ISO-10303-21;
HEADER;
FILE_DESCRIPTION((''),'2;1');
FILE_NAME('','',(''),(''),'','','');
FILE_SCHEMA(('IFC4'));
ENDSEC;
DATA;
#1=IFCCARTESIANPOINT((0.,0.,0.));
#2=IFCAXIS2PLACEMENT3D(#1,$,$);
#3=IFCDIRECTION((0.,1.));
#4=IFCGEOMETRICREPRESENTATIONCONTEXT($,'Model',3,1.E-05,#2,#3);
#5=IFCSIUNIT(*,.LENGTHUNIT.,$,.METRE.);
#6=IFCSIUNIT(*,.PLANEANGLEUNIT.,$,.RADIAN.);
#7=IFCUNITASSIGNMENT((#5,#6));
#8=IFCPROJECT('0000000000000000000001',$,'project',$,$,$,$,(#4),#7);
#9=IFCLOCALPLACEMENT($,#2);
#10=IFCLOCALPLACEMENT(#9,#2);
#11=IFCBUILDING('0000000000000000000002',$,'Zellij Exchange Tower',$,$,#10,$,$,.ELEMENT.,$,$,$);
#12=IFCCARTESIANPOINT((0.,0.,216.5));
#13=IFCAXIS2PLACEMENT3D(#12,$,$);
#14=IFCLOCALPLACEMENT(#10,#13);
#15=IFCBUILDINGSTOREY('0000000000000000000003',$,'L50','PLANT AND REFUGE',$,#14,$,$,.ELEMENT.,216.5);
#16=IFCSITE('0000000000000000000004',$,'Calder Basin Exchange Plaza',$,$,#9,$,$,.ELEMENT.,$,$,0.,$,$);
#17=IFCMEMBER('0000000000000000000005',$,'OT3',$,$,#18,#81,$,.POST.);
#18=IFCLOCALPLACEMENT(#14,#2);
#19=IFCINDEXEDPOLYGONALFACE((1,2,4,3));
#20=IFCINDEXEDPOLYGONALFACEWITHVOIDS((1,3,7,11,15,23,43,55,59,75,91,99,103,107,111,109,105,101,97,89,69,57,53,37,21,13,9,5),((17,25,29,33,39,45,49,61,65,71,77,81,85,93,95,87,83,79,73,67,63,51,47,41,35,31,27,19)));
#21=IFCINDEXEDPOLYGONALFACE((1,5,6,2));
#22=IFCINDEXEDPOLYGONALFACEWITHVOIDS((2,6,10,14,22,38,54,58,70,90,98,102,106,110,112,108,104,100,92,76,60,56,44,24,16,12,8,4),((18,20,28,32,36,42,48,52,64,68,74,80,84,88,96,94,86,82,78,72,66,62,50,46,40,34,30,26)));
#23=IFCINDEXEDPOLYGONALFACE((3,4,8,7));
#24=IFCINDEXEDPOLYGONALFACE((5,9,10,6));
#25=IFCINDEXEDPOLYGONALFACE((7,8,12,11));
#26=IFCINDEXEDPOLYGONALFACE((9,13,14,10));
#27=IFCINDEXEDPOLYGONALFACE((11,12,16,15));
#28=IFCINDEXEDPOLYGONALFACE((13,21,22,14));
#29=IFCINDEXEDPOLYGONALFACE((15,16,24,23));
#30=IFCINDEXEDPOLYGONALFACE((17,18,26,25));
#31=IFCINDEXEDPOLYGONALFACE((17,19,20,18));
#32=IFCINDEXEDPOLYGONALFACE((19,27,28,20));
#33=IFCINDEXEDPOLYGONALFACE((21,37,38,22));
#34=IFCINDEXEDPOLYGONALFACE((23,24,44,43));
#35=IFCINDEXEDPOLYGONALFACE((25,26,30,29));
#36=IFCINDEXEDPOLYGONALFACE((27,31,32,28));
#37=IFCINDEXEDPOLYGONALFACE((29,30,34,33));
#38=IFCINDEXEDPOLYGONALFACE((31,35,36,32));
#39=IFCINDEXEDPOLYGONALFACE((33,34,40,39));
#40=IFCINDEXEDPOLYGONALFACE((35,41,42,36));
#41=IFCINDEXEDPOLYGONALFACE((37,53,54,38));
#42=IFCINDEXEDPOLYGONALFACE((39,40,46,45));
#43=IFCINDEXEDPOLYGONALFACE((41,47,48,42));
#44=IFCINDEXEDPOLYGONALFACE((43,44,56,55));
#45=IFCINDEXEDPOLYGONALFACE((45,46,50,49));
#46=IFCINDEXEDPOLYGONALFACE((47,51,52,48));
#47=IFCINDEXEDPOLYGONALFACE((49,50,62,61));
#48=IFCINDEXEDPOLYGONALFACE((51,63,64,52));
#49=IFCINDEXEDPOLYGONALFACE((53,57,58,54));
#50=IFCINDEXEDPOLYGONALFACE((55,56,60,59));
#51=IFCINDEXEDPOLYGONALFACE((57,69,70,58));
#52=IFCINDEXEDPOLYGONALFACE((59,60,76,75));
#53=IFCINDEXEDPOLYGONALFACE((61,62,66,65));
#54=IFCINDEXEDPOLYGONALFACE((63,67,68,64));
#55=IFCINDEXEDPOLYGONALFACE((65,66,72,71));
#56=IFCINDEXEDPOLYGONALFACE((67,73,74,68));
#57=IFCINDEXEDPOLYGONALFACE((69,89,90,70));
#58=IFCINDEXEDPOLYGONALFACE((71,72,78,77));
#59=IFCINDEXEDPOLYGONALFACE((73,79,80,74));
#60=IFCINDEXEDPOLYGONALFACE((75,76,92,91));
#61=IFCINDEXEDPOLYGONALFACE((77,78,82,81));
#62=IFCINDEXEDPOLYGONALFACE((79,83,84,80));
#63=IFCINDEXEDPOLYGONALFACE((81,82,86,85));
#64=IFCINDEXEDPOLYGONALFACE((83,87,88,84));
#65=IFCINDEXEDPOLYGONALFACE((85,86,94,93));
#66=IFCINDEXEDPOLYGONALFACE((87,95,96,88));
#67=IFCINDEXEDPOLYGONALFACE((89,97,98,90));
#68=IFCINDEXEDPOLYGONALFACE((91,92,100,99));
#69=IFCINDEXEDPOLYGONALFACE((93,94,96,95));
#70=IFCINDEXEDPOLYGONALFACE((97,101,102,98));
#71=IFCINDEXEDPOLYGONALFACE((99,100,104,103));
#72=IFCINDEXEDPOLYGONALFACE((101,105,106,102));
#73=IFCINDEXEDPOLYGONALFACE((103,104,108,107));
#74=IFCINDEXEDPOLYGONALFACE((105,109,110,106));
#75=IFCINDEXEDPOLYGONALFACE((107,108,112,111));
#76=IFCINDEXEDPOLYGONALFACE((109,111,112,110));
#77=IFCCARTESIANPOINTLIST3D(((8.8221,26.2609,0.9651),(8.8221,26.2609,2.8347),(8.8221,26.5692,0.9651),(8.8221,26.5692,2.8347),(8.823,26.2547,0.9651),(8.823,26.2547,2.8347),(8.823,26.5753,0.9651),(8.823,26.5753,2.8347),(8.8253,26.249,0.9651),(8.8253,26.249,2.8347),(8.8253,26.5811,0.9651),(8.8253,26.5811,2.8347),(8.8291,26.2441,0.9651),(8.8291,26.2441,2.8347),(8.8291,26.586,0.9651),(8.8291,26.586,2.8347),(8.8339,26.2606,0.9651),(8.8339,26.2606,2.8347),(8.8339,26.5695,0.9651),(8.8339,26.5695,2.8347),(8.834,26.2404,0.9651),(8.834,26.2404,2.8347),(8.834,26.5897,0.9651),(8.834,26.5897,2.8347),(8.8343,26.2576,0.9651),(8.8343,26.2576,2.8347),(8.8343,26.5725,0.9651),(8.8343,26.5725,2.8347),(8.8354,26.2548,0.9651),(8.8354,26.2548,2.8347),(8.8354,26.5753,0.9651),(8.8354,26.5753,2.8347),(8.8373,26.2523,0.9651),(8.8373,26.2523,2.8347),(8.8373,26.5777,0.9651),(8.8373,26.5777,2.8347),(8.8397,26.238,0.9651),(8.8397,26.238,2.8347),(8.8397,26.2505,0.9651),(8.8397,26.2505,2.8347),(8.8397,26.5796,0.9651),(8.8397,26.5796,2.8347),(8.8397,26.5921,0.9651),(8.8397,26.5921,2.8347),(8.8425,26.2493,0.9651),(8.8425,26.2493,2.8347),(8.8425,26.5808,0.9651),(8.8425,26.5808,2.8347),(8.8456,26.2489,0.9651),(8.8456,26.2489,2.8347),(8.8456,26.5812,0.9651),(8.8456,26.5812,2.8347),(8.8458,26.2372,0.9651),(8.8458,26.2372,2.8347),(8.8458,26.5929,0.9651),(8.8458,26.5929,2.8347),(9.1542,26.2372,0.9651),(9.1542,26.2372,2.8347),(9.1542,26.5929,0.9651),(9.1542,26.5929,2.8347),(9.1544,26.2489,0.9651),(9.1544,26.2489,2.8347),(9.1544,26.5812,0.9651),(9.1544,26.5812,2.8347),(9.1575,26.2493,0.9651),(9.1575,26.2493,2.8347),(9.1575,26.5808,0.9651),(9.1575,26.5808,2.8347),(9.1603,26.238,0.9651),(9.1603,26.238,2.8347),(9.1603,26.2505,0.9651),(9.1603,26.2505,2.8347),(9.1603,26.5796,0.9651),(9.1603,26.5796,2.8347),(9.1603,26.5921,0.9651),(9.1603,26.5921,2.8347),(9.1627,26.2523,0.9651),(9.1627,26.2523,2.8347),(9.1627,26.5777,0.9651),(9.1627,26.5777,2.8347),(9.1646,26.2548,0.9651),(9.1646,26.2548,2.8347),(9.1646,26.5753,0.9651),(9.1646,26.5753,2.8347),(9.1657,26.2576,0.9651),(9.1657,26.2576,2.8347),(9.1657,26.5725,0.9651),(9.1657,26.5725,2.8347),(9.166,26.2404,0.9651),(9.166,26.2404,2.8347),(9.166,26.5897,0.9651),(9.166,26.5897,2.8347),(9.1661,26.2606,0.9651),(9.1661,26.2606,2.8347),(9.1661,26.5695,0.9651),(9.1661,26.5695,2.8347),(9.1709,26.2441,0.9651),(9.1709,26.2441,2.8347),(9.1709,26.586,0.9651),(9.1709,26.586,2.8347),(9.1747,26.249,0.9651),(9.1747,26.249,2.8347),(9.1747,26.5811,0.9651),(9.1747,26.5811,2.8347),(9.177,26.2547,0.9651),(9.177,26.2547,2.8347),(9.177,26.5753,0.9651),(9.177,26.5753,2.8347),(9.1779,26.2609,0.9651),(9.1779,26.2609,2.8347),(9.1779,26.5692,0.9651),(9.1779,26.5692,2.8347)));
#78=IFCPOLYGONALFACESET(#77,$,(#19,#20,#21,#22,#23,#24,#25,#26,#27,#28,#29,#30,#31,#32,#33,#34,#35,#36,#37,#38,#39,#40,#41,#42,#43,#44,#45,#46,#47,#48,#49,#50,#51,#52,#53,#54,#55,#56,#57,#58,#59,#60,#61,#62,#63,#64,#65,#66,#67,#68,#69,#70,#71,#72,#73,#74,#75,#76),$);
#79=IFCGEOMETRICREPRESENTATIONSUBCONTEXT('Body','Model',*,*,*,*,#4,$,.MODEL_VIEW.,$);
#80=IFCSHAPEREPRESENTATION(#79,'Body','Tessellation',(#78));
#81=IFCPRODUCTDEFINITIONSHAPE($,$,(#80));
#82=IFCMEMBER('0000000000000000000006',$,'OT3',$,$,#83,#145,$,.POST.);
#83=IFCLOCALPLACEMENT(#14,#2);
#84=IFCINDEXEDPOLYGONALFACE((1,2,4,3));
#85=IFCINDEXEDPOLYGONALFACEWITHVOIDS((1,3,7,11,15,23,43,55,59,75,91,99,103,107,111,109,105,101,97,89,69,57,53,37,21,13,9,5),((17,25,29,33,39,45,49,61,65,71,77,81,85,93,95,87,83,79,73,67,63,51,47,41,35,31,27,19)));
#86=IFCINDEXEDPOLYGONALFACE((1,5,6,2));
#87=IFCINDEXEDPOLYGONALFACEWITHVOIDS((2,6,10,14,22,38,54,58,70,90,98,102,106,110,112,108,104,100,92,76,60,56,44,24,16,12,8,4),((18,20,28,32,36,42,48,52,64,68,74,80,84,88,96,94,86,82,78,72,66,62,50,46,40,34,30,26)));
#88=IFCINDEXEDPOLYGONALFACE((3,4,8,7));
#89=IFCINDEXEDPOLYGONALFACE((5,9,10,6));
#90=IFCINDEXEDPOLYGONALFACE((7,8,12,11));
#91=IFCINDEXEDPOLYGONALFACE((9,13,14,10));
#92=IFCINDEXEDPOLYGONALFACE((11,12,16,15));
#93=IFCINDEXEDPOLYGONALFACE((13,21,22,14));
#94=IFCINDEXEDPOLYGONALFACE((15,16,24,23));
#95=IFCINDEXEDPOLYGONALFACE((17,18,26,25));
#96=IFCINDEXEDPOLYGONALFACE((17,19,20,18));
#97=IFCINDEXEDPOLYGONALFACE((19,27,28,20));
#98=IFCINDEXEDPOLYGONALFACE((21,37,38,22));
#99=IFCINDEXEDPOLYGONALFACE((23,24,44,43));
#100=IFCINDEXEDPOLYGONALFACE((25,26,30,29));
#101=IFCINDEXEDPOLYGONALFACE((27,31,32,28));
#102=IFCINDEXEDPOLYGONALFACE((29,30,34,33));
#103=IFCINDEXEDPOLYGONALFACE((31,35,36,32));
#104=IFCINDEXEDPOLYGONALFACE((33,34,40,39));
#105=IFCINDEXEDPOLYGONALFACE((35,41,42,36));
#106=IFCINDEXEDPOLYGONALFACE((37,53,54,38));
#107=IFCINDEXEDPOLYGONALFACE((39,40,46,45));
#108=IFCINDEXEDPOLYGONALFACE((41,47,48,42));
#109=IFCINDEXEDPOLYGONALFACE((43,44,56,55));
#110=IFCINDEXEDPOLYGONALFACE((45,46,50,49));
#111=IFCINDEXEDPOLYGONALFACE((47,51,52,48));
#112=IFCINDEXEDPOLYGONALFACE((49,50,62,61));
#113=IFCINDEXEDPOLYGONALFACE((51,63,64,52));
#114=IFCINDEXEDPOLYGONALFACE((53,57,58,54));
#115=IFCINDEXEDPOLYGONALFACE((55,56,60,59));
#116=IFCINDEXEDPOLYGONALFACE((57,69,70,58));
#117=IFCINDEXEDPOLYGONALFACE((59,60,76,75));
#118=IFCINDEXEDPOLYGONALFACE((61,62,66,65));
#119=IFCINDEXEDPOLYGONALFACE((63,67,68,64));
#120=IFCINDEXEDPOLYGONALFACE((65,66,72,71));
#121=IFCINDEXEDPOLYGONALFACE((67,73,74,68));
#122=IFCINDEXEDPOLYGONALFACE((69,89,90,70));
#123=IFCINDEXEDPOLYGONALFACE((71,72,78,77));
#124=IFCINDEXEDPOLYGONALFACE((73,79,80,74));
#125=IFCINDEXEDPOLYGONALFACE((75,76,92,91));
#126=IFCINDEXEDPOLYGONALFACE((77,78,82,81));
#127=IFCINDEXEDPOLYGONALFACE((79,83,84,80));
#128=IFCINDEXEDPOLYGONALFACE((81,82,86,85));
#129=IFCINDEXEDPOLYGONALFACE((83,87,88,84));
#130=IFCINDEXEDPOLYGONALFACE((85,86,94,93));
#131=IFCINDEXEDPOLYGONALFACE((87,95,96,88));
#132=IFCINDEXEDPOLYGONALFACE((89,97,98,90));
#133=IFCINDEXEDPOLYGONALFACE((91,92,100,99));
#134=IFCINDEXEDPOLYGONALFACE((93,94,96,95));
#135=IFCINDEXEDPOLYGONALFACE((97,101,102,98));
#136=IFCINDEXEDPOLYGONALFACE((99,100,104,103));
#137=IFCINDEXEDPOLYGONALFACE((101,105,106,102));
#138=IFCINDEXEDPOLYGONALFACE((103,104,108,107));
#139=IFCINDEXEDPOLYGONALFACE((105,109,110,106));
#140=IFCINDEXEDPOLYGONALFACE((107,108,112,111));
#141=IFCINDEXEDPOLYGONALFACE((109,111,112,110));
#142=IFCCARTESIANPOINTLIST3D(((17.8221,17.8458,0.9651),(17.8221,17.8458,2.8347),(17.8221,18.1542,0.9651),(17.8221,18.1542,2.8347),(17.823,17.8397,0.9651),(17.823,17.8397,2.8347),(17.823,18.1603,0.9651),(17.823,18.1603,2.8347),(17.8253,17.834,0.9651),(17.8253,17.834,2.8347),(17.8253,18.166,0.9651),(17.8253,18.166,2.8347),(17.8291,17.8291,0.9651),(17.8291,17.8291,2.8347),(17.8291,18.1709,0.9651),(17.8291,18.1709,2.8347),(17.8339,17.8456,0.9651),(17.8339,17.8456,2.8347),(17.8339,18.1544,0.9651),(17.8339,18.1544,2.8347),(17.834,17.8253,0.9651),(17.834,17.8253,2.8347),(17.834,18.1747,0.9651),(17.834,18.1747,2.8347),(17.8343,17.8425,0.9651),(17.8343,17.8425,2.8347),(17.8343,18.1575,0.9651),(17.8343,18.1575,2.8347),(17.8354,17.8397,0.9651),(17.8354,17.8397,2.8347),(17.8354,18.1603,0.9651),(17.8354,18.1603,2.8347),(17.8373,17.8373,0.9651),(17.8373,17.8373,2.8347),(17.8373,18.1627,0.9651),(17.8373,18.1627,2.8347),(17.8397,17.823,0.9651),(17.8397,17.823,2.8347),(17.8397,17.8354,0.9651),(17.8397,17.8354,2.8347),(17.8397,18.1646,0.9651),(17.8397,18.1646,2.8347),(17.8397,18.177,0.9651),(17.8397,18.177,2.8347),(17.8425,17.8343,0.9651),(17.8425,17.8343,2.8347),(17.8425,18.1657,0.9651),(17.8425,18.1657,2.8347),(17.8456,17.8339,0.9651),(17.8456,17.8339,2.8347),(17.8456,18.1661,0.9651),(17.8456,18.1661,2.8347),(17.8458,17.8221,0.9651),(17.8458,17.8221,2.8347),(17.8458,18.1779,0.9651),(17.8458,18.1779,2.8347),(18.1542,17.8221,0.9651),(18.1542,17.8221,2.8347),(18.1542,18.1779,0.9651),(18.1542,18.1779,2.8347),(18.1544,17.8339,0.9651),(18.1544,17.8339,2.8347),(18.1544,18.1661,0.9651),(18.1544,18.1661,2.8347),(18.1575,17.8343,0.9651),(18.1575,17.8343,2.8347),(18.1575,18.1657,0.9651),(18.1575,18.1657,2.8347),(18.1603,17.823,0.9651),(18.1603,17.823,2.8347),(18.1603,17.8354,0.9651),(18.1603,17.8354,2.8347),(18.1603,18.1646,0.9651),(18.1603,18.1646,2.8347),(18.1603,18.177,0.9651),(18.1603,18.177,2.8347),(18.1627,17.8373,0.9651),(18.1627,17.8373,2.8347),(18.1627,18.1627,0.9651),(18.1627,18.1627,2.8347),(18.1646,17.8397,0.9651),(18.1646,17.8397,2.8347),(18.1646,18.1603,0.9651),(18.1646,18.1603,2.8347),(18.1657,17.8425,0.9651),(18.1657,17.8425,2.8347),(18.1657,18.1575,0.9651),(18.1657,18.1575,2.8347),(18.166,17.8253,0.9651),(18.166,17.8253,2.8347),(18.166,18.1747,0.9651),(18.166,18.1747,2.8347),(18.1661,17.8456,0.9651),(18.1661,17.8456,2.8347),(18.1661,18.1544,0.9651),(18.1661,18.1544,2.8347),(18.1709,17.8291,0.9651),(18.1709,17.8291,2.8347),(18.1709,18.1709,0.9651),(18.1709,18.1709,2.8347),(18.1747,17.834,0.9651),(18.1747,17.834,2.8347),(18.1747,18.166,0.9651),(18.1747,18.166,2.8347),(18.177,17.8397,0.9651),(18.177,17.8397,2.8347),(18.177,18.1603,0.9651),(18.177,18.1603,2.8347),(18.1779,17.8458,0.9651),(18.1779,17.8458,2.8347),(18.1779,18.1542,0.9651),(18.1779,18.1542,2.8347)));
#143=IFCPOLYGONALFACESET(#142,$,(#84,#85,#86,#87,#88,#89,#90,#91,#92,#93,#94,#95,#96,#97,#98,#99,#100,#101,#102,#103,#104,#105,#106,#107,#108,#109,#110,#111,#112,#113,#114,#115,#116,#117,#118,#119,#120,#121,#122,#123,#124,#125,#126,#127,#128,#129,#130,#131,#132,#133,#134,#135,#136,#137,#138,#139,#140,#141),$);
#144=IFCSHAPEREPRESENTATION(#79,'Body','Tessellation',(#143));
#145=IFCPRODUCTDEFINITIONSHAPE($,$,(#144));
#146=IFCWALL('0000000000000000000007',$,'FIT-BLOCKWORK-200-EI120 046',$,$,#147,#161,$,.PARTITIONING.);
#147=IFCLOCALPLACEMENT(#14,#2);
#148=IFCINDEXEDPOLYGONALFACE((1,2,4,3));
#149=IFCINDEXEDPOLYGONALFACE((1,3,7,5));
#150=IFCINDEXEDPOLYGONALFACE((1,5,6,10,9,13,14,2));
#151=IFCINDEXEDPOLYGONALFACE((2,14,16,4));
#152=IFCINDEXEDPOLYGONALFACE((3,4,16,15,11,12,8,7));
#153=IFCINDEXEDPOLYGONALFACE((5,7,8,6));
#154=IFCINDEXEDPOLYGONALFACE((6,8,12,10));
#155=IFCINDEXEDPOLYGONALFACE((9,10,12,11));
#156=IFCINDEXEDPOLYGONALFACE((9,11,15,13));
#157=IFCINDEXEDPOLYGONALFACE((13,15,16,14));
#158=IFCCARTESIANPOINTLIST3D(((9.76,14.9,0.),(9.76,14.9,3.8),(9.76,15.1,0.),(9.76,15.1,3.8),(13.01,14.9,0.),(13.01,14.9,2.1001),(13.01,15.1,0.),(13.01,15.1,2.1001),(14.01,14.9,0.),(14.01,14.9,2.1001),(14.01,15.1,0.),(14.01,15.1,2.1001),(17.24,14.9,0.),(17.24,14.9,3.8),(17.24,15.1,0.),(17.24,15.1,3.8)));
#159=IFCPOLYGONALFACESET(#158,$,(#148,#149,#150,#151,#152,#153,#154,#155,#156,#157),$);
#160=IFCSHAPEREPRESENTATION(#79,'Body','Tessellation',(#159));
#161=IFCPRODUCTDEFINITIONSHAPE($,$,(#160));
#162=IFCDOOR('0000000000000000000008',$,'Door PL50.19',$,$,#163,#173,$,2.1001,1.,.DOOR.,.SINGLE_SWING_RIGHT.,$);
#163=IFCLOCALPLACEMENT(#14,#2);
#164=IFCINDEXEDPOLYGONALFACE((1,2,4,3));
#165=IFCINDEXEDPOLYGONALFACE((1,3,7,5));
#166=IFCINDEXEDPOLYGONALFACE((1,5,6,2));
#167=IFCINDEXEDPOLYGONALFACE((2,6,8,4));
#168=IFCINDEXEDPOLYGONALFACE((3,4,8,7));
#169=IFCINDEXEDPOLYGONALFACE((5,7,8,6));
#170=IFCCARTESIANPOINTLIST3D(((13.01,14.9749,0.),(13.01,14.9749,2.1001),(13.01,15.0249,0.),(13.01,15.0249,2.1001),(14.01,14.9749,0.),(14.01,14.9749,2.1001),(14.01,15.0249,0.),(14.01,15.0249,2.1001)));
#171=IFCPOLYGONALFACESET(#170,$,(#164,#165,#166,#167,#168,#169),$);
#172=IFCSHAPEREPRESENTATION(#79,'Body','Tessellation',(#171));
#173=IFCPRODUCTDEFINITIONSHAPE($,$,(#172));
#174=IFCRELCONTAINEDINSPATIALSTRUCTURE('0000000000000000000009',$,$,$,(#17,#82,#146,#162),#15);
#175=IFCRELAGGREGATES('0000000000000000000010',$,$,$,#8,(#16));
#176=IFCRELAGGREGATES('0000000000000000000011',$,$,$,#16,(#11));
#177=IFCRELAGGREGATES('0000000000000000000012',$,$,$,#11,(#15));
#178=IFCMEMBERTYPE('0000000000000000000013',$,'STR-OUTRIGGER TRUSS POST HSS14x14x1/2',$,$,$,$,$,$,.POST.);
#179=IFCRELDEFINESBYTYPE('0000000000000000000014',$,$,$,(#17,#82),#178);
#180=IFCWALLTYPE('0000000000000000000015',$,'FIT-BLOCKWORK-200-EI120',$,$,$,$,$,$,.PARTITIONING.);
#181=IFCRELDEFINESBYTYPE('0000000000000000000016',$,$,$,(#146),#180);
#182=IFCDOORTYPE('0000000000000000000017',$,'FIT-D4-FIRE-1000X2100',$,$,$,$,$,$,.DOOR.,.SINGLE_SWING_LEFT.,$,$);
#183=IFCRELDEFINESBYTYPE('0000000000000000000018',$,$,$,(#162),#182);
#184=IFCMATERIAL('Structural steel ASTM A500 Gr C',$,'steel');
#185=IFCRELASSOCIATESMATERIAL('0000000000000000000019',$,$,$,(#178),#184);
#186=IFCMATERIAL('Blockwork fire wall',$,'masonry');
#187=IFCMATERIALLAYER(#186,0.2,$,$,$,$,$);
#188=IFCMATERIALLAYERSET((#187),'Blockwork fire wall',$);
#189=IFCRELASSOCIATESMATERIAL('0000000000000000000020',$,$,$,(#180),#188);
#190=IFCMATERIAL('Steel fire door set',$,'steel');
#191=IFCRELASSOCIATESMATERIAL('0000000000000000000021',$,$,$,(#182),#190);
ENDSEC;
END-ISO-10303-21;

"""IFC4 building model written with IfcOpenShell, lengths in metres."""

from ifc_helpers import new_model, si_unit, direction, frame, frame_2d, origin, origin_2d, place, context, subcontext, project, spatial, rectangle, hollow_rectangle, extrude, material, layer, layer_set, material_profile, profile_set, type_object, element, fill, save


model = new_model("IFC4")

# Units and contexts
model_context = context("Model", 3, precision=1e-05, world=origin(), true_north=direction((0.0, 1.0)))
body_context = subcontext(model_context, "Body", "Model", "MODEL_VIEW")
ifc_project = project(units=[si_unit("LENGTHUNIT", "METRE"), si_unit("PLANEANGLEUNIT", "RADIAN")], contexts=[model_context])

# Site, building, storey
site_placement = place(None, origin())
site = spatial("IfcSite", under=ifc_project, at=site_placement, Name="Calder Basin Exchange Plaza", CompositionType="ELEMENT", RefElevation=0.0)
building_placement = place(site_placement, origin())
building = spatial("IfcBuilding", under=site, at=building_placement, Name="Zellij Exchange Tower", CompositionType="ELEMENT")
storey_placement = place(building_placement, frame((0.0, 0.0, 216.5)))
storey = spatial("IfcBuildingStorey", under=building, at=storey_placement, Name="L50", Description="PLANT AND REFUGE", CompositionType="ELEMENT", Elevation=216.5)

# Members
ifc_material_1 = material(Name="Structural steel ASTM A500 Gr C", Category="steel")
ifc_material_profile_1 = material_profile(ifc_material_1, hollow_rectangle(XDim=0.3557, YDim=0.3557, WallThickness=0.0117, InnerFilletRadius=0.0117, OuterFilletRadius=0.0237, at=origin_2d()), Name="STR-OUTRIGGER TRUSS POST HSS14x14x1/2")
ifc_profile_set_1 = profile_set([ifc_material_profile_1], Name="Structural steel ASTM A500 Gr C")
member_type_1 = type_object("IfcMemberType", Name="STR-OUTRIGGER TRUSS POST HSS14x14x1/2", PredefinedType="POST", material=ifc_profile_set_1)
for number, where, z_axis, x_axis, name in (
    (1, (9.0, 26.415, 0.9651), (0.0, 0.0, 1.0), (1.0, 0.0, 0.0), "OT3"),
    (2, (18.0, 18.0, 0.9651), (0.0, 0.0, 1.0), (1.0, 0.0, 0.0), "OT3"),
):
    element("IfcMember", number, at=place(storey_placement, frame(where, z_axis=z_axis, x_axis=x_axis)), inside=storey, type_object=member_type_1, Name=name, PredefinedType="POST", context=body_context, shape_type="SweptSolid", body=[
        extrude(hollow_rectangle(XDim=0.3557, YDim=0.3557, WallThickness=0.0117, InnerFilletRadius=0.0117, OuterFilletRadius=0.0237, at=origin_2d()), origin(), (0.0, 0.0, 1.0), 1.8696),
    ])

# Wall, opening, door
ifc_material_2 = material(Name="Blockwork fire wall", Category="masonry")
ifc_layer = layer(ifc_material_2, 0.2)
ifc_layer_set = layer_set([ifc_layer], Name="Blockwork fire wall")
wall_type = type_object("IfcWallType", Name="FIT-BLOCKWORK-200-EI120", PredefinedType="PARTITIONING", material=ifc_layer_set)
wall_1_placement = place(storey_placement, frame((9.76, 15.0, 0.0), z_axis=(0.0, 0.0, 1.0), x_axis=(1.0, 0.0, 0.0)))
wall_1 = element("IfcWall", 3, at=wall_1_placement, inside=storey, type_object=wall_type, Name="FIT-BLOCKWORK-200-EI120 046", PredefinedType="PARTITIONING", context=body_context, shape_type="SweptSolid", body=[
    extrude(rectangle(XDim=7.48, YDim=0.2, at=frame_2d((3.74, 0.0))), origin(), (0.0, 0.0, 1.0), 3.8),
])
opening_1_placement = place(wall_1_placement, frame((3.25, 0.0, 0.0)))
opening_1 = element("IfcOpeningElement", 4, at=opening_1_placement, cuts=wall_1, PredefinedType="OPENING", context=body_context, shape_type="SweptSolid", body=[
    extrude(rectangle(XDim=1.0, YDim=2.1001, at=frame_2d((0.5, 1.05))), frame((0.0, 0.1118, 0.0), z_axis=(0.0, -1.0, 0.0), x_axis=(1.0, 0.0, 0.0)), (0.0, 0.0, 1.0), 0.2239),
])
ifc_material_3 = material(Name="Steel fire door set", Category="steel")
door_type = type_object("IfcDoorType", Name="FIT-D4-FIRE-1000X2100", OperationType="SINGLE_SWING_LEFT", PredefinedType="DOOR", material=ifc_material_3)
door_1_placement = place(opening_1_placement, origin())
door_1 = element("IfcDoor", 5, at=door_1_placement, inside=storey, type_object=door_type, Name="Door PL50.19", OperationType="SINGLE_SWING_RIGHT", OverallHeight=2.1001, OverallWidth=1.0, PredefinedType="DOOR", context=body_context, shape_type="SweptSolid", body=[
    extrude(rectangle(XDim=1.0, YDim=2.1001, at=frame_2d((0.5, 1.05))), frame((0.0, 0.0249, 0.0), z_axis=(0.0, -1.0, 0.0), x_axis=(1.0, 0.0, 0.0)), (0.0, 0.0, 1.0), 0.05),
])
fill(opening_1, door_1)

save(model, "model.ifc")
